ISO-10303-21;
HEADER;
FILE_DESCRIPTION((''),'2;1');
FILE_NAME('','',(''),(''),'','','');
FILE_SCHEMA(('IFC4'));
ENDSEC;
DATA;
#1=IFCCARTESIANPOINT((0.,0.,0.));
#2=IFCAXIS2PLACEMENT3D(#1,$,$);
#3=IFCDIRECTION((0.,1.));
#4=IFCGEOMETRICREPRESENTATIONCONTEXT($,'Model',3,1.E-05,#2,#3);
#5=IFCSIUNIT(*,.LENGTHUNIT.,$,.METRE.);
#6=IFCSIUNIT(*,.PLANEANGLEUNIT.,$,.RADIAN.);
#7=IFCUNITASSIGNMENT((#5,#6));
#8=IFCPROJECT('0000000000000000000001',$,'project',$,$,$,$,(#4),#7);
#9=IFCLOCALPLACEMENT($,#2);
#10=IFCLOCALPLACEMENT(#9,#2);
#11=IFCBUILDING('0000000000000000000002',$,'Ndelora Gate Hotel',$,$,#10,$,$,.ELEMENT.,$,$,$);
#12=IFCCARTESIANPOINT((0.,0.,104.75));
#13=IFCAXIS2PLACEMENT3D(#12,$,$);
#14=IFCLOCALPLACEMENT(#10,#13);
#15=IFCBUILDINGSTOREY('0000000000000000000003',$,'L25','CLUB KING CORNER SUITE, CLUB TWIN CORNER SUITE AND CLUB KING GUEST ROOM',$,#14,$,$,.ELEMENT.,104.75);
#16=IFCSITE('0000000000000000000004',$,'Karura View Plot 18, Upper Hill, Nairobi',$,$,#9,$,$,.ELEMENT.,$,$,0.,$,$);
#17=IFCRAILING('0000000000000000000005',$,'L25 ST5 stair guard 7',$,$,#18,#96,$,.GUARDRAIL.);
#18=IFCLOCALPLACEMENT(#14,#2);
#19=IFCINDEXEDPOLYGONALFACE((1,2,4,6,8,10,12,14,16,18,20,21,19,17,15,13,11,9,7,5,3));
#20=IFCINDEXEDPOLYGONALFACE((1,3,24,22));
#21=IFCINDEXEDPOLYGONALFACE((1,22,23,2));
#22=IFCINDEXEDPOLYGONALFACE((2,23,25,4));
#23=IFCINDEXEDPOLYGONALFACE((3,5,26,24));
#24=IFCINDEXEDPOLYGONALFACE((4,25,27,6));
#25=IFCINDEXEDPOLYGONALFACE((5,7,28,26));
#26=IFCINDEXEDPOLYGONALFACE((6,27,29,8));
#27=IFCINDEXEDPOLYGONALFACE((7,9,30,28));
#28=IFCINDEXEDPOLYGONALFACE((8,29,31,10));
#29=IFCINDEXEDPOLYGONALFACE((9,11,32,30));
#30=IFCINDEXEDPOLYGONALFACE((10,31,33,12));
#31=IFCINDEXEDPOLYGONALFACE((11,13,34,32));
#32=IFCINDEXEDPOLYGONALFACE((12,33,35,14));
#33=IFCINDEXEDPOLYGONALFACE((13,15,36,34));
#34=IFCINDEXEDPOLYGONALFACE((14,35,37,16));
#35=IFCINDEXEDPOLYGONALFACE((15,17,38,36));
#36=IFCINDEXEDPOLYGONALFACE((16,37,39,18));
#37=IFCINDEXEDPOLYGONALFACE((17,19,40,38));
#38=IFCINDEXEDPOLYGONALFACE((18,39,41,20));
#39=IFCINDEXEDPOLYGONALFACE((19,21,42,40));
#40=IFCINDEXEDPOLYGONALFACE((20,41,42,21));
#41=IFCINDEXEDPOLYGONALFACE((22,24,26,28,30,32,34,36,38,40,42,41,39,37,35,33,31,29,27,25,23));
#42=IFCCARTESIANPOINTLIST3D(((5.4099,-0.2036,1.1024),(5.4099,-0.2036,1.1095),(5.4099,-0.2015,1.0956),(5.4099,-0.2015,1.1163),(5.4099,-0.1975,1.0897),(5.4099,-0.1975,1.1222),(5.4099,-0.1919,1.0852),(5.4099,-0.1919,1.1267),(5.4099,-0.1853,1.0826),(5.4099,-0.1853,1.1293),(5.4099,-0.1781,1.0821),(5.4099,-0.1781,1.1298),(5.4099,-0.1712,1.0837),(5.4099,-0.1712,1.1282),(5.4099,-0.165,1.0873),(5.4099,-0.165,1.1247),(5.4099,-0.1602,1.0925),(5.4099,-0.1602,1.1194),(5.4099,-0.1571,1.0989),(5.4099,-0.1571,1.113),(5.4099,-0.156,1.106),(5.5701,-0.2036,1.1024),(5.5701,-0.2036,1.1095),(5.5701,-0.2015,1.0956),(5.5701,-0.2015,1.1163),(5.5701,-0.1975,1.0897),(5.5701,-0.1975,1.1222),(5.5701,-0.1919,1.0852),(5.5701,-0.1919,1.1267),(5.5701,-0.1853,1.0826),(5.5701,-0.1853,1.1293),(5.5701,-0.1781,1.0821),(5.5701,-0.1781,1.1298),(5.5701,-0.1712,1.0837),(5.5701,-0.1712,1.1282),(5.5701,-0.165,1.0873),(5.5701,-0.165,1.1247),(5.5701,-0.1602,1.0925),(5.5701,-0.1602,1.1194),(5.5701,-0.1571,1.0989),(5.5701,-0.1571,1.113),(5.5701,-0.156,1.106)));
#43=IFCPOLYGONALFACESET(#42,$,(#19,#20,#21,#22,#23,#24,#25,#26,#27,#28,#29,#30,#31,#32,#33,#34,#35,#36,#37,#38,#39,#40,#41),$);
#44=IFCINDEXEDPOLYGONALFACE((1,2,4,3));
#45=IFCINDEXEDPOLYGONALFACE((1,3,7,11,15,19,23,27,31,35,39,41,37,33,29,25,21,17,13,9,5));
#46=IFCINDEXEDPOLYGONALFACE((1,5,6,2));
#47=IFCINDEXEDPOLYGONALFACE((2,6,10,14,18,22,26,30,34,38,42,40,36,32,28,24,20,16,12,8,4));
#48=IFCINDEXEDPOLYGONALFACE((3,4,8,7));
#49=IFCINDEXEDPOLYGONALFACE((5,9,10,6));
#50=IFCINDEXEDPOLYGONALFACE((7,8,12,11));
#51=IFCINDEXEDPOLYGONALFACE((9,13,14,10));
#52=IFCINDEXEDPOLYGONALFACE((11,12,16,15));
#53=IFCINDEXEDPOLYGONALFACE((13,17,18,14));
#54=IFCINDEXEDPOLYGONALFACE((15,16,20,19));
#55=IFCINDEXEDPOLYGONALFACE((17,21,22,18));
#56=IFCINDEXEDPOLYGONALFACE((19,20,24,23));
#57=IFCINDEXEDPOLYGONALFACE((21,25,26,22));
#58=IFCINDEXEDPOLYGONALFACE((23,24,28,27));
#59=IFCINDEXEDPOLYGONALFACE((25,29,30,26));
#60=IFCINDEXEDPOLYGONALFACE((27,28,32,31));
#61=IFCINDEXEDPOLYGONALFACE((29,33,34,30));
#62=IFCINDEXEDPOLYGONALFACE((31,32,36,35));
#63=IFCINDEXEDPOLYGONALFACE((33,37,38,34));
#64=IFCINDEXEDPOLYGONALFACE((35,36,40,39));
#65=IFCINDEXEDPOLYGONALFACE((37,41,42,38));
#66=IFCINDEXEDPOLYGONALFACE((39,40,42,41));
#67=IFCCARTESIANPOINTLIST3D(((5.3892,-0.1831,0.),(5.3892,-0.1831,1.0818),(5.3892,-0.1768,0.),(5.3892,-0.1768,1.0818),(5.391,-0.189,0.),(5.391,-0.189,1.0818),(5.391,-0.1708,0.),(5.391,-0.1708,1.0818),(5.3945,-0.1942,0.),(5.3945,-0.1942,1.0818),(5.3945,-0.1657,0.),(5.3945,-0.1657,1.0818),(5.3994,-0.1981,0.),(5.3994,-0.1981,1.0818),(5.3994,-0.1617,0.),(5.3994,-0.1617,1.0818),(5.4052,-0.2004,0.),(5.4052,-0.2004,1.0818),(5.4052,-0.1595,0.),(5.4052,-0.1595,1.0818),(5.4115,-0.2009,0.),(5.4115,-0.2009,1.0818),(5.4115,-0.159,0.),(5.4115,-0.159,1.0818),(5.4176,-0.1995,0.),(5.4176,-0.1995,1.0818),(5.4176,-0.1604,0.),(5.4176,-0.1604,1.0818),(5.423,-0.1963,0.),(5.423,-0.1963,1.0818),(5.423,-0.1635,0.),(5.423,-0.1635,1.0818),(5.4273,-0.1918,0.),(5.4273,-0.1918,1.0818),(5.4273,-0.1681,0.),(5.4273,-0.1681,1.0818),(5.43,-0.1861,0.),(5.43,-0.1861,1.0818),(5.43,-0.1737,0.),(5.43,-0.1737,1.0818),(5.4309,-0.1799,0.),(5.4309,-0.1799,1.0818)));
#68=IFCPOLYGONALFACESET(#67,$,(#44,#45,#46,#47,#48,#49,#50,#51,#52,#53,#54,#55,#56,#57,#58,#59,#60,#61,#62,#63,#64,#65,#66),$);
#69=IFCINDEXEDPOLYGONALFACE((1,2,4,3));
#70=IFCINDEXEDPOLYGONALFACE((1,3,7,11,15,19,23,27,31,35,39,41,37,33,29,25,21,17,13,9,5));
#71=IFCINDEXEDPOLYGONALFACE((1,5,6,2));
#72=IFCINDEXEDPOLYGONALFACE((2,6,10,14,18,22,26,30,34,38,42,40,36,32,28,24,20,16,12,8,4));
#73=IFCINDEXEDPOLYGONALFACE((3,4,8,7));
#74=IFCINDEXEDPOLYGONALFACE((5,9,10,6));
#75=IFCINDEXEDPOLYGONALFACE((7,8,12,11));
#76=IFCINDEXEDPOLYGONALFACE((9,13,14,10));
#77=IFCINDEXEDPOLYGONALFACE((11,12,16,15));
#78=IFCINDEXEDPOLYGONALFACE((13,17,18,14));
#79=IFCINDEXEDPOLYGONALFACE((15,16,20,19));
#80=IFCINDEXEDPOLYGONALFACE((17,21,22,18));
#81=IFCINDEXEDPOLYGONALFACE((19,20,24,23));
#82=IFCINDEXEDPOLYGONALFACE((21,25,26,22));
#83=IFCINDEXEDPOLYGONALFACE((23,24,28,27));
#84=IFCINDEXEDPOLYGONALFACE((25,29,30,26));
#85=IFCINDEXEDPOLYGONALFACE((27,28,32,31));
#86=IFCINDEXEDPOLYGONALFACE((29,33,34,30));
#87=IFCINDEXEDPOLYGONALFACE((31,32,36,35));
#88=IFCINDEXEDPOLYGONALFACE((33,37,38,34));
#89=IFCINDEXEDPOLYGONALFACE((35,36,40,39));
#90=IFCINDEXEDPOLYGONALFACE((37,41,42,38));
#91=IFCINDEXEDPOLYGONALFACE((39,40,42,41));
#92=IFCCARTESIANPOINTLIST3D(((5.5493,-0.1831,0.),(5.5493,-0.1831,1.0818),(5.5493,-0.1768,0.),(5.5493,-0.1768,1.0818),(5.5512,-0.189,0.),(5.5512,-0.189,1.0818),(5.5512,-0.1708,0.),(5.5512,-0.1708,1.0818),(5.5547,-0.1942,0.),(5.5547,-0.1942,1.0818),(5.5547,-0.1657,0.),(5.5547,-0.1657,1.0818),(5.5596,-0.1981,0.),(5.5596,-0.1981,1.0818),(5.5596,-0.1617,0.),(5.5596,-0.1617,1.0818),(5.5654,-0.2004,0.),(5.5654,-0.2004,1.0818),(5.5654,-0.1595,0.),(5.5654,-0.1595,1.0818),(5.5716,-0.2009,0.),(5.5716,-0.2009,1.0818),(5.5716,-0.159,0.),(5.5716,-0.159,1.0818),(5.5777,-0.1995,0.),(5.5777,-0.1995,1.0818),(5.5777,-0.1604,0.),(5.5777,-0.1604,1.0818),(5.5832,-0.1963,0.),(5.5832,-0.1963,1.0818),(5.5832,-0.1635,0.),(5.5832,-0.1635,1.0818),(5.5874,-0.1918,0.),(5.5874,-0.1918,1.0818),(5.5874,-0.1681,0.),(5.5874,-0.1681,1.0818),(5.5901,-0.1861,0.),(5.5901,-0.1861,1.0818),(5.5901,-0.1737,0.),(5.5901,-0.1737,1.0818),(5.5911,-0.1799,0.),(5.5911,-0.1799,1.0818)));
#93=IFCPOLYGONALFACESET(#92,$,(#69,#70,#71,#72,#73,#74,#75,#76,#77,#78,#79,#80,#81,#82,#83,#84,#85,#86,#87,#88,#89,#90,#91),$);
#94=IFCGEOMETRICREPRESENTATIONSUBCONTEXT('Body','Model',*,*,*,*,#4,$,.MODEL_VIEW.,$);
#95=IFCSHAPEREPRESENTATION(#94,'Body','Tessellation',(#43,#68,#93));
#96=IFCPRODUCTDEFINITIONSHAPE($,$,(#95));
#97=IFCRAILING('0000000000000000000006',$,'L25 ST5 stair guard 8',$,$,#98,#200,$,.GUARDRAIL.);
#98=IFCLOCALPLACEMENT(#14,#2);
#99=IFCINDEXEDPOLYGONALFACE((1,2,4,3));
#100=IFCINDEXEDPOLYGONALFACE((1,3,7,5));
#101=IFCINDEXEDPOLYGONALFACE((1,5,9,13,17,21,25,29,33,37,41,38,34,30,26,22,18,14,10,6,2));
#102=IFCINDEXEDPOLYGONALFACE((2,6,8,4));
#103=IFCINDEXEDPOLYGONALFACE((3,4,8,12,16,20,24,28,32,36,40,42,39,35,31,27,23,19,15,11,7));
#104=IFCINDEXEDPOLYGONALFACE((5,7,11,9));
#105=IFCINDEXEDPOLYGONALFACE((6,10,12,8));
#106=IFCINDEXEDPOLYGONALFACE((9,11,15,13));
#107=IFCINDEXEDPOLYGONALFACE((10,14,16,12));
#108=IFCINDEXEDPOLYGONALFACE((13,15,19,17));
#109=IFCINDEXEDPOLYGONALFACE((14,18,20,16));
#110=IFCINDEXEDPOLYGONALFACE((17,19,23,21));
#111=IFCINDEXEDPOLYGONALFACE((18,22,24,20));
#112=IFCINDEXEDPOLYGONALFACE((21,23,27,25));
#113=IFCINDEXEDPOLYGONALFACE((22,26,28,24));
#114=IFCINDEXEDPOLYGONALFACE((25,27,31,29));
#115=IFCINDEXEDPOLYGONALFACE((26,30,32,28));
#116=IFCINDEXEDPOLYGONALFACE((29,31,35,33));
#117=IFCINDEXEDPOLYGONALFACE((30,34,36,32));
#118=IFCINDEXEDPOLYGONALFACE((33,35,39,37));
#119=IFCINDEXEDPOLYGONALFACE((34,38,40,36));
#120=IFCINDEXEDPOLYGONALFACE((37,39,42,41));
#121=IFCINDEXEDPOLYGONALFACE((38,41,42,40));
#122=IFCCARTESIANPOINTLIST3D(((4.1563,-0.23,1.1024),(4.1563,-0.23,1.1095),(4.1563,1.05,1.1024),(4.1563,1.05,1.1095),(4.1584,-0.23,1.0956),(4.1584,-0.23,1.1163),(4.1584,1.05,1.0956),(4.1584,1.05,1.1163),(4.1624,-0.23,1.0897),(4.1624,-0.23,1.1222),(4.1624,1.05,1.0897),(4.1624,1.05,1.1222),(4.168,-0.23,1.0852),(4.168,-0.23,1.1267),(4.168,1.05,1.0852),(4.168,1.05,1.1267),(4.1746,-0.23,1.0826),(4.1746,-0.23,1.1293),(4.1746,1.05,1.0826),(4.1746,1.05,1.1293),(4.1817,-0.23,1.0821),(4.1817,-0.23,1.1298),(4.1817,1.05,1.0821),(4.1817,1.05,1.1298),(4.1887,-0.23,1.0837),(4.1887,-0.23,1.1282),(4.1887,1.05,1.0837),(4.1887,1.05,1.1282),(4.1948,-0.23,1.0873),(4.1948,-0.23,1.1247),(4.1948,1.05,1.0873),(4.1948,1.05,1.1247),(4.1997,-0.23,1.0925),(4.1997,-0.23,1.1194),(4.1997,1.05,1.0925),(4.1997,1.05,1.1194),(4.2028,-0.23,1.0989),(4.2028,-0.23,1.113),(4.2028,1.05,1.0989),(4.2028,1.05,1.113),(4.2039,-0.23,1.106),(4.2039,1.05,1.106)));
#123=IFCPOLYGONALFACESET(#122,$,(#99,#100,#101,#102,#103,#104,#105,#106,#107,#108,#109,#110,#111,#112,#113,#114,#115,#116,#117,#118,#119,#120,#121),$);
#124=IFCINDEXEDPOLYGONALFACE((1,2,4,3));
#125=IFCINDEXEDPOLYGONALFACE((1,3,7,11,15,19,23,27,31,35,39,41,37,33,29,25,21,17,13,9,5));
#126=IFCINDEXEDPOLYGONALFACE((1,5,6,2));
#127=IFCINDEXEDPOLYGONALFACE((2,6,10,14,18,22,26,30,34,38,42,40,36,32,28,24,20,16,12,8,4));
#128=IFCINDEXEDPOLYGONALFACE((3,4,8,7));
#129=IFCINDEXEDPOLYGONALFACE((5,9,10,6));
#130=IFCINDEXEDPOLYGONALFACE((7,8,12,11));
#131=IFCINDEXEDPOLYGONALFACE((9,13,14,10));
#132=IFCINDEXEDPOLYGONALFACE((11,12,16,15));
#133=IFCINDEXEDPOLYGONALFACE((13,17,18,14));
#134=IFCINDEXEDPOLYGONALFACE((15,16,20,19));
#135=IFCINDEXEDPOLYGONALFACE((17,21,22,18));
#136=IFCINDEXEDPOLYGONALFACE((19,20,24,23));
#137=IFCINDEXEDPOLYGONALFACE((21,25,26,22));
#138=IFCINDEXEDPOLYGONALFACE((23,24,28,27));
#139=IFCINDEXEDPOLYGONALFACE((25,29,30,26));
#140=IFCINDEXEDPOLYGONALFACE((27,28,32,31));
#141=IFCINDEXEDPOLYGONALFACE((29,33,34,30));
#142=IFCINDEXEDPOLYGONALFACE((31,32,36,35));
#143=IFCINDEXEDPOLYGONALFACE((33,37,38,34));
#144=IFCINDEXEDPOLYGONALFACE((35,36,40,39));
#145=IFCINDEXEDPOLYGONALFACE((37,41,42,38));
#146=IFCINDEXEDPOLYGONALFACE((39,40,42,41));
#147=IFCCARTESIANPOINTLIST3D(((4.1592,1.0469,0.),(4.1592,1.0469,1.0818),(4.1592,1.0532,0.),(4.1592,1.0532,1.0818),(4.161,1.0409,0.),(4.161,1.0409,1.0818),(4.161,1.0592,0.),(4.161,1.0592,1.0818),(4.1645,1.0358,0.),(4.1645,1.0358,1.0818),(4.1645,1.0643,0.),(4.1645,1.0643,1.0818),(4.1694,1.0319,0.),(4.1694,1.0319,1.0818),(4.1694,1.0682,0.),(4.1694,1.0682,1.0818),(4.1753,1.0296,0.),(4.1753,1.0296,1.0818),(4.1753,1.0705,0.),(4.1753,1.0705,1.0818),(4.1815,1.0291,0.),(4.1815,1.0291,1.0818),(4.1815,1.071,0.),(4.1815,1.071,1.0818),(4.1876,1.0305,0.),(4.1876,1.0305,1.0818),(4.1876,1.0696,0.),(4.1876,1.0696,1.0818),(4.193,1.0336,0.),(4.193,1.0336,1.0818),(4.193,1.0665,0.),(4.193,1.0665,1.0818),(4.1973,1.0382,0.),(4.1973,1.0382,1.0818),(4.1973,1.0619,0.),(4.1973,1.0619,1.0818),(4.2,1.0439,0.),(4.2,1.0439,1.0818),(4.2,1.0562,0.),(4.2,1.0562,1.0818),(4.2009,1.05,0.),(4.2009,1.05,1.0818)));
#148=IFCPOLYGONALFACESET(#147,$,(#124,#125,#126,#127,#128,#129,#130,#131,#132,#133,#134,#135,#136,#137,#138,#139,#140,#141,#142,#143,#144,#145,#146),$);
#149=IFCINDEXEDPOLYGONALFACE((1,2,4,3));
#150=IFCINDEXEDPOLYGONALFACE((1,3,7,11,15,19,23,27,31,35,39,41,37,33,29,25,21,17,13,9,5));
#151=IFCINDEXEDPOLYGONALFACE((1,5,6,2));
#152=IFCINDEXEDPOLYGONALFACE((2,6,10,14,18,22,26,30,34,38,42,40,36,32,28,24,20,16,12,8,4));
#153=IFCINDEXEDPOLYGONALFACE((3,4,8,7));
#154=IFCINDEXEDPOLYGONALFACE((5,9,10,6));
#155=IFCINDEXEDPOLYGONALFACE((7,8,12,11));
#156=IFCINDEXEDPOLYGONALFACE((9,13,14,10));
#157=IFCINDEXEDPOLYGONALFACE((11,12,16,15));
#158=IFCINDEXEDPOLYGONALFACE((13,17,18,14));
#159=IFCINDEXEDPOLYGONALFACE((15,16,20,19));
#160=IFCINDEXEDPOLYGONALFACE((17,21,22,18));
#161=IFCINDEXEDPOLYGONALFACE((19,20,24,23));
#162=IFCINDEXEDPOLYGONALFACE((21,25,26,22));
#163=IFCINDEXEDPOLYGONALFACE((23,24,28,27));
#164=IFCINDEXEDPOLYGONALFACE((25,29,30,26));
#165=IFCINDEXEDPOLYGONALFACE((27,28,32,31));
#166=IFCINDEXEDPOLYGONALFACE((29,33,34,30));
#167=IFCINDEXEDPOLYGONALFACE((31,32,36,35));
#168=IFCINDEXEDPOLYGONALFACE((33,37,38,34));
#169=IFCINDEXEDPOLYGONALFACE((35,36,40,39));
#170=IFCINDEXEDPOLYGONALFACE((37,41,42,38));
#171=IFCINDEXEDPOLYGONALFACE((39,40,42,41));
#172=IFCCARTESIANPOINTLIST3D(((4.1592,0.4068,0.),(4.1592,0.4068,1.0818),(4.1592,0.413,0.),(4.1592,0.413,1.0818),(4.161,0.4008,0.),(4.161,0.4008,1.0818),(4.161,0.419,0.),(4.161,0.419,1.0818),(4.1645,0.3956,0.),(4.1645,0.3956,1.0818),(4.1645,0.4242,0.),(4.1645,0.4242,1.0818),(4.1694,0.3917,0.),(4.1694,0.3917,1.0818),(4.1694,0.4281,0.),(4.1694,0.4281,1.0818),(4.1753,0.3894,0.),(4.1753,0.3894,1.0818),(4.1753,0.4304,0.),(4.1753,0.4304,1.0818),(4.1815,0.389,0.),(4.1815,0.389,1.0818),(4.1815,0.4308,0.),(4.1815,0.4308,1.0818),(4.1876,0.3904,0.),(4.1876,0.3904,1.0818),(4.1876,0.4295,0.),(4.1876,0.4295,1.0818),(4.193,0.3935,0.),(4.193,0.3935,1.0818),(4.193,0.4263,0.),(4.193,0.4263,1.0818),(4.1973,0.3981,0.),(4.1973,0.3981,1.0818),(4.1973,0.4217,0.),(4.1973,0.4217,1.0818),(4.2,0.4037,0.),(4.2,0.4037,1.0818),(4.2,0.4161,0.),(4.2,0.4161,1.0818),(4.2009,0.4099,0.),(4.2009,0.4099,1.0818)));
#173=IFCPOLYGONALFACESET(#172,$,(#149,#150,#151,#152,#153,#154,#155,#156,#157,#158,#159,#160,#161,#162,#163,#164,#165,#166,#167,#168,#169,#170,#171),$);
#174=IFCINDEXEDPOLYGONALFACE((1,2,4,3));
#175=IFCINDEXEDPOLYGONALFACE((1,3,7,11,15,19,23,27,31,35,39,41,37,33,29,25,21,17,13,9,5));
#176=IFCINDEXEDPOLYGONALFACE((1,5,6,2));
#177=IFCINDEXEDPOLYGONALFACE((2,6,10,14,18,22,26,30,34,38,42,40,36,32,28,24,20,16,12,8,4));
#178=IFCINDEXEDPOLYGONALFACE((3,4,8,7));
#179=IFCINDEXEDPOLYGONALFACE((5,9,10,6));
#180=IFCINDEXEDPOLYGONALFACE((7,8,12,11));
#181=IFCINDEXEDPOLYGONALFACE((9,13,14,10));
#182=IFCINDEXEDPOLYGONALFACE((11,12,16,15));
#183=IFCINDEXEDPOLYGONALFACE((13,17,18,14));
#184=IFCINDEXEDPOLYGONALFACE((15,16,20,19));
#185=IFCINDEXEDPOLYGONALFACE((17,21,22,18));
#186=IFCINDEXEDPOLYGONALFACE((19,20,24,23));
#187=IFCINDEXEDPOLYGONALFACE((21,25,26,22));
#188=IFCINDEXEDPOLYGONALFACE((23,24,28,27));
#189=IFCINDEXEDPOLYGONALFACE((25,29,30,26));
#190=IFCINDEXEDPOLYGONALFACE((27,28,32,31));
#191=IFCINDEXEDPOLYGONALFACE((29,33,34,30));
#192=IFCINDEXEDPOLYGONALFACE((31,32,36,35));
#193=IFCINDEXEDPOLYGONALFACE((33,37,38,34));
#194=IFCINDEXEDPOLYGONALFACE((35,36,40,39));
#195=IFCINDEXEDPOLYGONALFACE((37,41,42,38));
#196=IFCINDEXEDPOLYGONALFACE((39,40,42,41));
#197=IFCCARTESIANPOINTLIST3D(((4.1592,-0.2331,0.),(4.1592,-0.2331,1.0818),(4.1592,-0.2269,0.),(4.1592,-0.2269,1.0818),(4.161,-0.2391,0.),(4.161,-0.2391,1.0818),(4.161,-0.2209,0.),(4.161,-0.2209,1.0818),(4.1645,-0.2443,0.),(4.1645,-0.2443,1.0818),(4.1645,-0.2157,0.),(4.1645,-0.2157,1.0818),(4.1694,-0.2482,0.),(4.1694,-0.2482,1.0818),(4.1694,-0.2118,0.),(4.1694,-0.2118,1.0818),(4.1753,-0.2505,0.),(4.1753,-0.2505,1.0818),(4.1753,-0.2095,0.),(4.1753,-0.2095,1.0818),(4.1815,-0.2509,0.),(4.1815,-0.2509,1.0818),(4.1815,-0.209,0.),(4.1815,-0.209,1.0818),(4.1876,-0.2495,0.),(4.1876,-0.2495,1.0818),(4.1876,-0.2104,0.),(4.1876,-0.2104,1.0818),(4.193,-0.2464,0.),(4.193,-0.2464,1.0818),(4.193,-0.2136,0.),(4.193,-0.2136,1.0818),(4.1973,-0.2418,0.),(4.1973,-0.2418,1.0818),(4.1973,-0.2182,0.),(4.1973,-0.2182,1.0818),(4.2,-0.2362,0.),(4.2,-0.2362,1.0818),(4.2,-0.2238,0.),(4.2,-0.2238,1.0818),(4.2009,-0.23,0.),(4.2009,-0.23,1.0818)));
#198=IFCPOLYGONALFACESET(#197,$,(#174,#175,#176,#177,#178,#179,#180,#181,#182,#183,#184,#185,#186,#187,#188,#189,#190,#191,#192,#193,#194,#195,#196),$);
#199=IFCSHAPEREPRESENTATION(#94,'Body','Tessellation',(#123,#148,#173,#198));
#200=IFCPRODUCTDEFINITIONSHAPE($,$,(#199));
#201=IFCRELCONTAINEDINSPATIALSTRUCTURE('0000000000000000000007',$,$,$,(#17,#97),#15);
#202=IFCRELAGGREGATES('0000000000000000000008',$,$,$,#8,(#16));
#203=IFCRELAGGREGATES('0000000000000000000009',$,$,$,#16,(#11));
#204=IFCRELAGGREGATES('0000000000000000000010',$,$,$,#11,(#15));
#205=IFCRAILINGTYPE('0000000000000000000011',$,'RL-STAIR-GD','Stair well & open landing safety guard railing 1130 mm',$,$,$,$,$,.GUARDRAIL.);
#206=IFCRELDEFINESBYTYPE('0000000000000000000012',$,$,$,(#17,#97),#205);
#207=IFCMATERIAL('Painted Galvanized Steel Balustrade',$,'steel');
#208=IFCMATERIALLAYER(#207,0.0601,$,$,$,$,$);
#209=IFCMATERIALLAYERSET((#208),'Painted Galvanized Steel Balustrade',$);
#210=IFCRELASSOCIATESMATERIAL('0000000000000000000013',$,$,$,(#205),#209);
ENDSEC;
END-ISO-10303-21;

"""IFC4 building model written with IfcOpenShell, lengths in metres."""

from ifc_helpers import new_model, si_unit, direction, frame, origin, origin_2d, place, context, subcontext, project, spatial, circle, extrude, material, layer, layer_set, type_object, element, save


model = new_model("IFC4")

# Units and contexts
model_context = context("Model", 3, precision=1e-05, world=origin(), true_north=direction((0.0, 1.0)))
body_context = subcontext(model_context, "Body", "Model", "MODEL_VIEW")
ifc_project = project(units=[si_unit("LENGTHUNIT", "METRE"), si_unit("PLANEANGLEUNIT", "RADIAN")], contexts=[model_context])

# Site, building, storey
site_placement = place(None, origin())
site = spatial("IfcSite", under=ifc_project, at=site_placement, Name="Karura View Plot 18, Upper Hill, Nairobi", CompositionType="ELEMENT", RefElevation=0.0)
building_placement = place(site_placement, origin())
building = spatial("IfcBuilding", under=site, at=building_placement, Name="Ndelora Gate Hotel", CompositionType="ELEMENT")
storey_placement = place(building_placement, frame((0.0, 0.0, 104.75)))
storey = spatial("IfcBuildingStorey", under=building, at=storey_placement, Name="L25", Description="CLUB KING CORNER SUITE, CLUB TWIN CORNER SUITE AND CLUB KING GUEST ROOM", CompositionType="ELEMENT", Elevation=104.75)

# Railings
ifc_material_1 = material(Name="Painted Galvanized Steel Balustrade", Category="steel")
ifc_layer_1 = layer(ifc_material_1, 0.0601)
ifc_layer_set_1 = layer_set([ifc_layer_1], Name="Painted Galvanized Steel Balustrade")
railing_type = type_object("IfcRailingType", Name="RL-STAIR-GD", Description="Stair well & open landing safety guard railing 1130 mm", PredefinedType="GUARDRAIL", material=ifc_layer_set_1)
railing_1_placement = place(storey_placement, frame((5.4099, -0.1799, 0.0)))
element("IfcRailing", 1, at=railing_1_placement, inside=storey, type_object=railing_type, Name="L25 ST5 stair guard 7", PredefinedType="GUARDRAIL", context=body_context, shape_type="SweptSolid", body=[
    extrude(circle(Radius=0.0239, at=origin_2d()), frame((0.0, 0.0, 1.106), z_axis=(1.0, 0.0, 0.0), x_axis=(0.0, 1.0, 0.0)), (0.0, 0.0, 1.0), 0.1602),
    extrude(circle(Radius=0.021, at=origin_2d()), origin(), (0.0, 0.0, 1.0), 1.0818),
    extrude(circle(Radius=0.021, at=origin_2d()), frame((0.1602, 0.0, 0.0)), (0.0, 0.0, 1.0), 1.0818),
])
for number, where, name in (
    (2, (4.1799, 1.05, 0.0), "L25 ST5 stair guard 8"),
):
    element("IfcRailing", number, at=place(storey_placement, frame(where)), inside=storey, type_object=railing_type, Name=name, PredefinedType="GUARDRAIL", context=body_context, shape_type="SweptSolid", body=[
        extrude(circle(Radius=0.0239, at=origin_2d()), frame((0.0, 0.0, 1.106), z_axis=(0.0, -1.0, 0.0), x_axis=(1.0, 0.0, 0.0)), (0.0, 0.0, 1.0), 1.28),
        extrude(circle(Radius=0.021, at=origin_2d()), origin(), (0.0, 0.0, 1.0), 1.0818),
        extrude(circle(Radius=0.021, at=origin_2d()), frame((0.0, -0.6401, 0.0)), (0.0, 0.0, 1.0), 1.0818),
        extrude(circle(Radius=0.021, at=origin_2d()), frame((0.0, -1.28, 0.0)), (0.0, 0.0, 1.0), 1.0818),
    ])

save(model, "model.ifc")
